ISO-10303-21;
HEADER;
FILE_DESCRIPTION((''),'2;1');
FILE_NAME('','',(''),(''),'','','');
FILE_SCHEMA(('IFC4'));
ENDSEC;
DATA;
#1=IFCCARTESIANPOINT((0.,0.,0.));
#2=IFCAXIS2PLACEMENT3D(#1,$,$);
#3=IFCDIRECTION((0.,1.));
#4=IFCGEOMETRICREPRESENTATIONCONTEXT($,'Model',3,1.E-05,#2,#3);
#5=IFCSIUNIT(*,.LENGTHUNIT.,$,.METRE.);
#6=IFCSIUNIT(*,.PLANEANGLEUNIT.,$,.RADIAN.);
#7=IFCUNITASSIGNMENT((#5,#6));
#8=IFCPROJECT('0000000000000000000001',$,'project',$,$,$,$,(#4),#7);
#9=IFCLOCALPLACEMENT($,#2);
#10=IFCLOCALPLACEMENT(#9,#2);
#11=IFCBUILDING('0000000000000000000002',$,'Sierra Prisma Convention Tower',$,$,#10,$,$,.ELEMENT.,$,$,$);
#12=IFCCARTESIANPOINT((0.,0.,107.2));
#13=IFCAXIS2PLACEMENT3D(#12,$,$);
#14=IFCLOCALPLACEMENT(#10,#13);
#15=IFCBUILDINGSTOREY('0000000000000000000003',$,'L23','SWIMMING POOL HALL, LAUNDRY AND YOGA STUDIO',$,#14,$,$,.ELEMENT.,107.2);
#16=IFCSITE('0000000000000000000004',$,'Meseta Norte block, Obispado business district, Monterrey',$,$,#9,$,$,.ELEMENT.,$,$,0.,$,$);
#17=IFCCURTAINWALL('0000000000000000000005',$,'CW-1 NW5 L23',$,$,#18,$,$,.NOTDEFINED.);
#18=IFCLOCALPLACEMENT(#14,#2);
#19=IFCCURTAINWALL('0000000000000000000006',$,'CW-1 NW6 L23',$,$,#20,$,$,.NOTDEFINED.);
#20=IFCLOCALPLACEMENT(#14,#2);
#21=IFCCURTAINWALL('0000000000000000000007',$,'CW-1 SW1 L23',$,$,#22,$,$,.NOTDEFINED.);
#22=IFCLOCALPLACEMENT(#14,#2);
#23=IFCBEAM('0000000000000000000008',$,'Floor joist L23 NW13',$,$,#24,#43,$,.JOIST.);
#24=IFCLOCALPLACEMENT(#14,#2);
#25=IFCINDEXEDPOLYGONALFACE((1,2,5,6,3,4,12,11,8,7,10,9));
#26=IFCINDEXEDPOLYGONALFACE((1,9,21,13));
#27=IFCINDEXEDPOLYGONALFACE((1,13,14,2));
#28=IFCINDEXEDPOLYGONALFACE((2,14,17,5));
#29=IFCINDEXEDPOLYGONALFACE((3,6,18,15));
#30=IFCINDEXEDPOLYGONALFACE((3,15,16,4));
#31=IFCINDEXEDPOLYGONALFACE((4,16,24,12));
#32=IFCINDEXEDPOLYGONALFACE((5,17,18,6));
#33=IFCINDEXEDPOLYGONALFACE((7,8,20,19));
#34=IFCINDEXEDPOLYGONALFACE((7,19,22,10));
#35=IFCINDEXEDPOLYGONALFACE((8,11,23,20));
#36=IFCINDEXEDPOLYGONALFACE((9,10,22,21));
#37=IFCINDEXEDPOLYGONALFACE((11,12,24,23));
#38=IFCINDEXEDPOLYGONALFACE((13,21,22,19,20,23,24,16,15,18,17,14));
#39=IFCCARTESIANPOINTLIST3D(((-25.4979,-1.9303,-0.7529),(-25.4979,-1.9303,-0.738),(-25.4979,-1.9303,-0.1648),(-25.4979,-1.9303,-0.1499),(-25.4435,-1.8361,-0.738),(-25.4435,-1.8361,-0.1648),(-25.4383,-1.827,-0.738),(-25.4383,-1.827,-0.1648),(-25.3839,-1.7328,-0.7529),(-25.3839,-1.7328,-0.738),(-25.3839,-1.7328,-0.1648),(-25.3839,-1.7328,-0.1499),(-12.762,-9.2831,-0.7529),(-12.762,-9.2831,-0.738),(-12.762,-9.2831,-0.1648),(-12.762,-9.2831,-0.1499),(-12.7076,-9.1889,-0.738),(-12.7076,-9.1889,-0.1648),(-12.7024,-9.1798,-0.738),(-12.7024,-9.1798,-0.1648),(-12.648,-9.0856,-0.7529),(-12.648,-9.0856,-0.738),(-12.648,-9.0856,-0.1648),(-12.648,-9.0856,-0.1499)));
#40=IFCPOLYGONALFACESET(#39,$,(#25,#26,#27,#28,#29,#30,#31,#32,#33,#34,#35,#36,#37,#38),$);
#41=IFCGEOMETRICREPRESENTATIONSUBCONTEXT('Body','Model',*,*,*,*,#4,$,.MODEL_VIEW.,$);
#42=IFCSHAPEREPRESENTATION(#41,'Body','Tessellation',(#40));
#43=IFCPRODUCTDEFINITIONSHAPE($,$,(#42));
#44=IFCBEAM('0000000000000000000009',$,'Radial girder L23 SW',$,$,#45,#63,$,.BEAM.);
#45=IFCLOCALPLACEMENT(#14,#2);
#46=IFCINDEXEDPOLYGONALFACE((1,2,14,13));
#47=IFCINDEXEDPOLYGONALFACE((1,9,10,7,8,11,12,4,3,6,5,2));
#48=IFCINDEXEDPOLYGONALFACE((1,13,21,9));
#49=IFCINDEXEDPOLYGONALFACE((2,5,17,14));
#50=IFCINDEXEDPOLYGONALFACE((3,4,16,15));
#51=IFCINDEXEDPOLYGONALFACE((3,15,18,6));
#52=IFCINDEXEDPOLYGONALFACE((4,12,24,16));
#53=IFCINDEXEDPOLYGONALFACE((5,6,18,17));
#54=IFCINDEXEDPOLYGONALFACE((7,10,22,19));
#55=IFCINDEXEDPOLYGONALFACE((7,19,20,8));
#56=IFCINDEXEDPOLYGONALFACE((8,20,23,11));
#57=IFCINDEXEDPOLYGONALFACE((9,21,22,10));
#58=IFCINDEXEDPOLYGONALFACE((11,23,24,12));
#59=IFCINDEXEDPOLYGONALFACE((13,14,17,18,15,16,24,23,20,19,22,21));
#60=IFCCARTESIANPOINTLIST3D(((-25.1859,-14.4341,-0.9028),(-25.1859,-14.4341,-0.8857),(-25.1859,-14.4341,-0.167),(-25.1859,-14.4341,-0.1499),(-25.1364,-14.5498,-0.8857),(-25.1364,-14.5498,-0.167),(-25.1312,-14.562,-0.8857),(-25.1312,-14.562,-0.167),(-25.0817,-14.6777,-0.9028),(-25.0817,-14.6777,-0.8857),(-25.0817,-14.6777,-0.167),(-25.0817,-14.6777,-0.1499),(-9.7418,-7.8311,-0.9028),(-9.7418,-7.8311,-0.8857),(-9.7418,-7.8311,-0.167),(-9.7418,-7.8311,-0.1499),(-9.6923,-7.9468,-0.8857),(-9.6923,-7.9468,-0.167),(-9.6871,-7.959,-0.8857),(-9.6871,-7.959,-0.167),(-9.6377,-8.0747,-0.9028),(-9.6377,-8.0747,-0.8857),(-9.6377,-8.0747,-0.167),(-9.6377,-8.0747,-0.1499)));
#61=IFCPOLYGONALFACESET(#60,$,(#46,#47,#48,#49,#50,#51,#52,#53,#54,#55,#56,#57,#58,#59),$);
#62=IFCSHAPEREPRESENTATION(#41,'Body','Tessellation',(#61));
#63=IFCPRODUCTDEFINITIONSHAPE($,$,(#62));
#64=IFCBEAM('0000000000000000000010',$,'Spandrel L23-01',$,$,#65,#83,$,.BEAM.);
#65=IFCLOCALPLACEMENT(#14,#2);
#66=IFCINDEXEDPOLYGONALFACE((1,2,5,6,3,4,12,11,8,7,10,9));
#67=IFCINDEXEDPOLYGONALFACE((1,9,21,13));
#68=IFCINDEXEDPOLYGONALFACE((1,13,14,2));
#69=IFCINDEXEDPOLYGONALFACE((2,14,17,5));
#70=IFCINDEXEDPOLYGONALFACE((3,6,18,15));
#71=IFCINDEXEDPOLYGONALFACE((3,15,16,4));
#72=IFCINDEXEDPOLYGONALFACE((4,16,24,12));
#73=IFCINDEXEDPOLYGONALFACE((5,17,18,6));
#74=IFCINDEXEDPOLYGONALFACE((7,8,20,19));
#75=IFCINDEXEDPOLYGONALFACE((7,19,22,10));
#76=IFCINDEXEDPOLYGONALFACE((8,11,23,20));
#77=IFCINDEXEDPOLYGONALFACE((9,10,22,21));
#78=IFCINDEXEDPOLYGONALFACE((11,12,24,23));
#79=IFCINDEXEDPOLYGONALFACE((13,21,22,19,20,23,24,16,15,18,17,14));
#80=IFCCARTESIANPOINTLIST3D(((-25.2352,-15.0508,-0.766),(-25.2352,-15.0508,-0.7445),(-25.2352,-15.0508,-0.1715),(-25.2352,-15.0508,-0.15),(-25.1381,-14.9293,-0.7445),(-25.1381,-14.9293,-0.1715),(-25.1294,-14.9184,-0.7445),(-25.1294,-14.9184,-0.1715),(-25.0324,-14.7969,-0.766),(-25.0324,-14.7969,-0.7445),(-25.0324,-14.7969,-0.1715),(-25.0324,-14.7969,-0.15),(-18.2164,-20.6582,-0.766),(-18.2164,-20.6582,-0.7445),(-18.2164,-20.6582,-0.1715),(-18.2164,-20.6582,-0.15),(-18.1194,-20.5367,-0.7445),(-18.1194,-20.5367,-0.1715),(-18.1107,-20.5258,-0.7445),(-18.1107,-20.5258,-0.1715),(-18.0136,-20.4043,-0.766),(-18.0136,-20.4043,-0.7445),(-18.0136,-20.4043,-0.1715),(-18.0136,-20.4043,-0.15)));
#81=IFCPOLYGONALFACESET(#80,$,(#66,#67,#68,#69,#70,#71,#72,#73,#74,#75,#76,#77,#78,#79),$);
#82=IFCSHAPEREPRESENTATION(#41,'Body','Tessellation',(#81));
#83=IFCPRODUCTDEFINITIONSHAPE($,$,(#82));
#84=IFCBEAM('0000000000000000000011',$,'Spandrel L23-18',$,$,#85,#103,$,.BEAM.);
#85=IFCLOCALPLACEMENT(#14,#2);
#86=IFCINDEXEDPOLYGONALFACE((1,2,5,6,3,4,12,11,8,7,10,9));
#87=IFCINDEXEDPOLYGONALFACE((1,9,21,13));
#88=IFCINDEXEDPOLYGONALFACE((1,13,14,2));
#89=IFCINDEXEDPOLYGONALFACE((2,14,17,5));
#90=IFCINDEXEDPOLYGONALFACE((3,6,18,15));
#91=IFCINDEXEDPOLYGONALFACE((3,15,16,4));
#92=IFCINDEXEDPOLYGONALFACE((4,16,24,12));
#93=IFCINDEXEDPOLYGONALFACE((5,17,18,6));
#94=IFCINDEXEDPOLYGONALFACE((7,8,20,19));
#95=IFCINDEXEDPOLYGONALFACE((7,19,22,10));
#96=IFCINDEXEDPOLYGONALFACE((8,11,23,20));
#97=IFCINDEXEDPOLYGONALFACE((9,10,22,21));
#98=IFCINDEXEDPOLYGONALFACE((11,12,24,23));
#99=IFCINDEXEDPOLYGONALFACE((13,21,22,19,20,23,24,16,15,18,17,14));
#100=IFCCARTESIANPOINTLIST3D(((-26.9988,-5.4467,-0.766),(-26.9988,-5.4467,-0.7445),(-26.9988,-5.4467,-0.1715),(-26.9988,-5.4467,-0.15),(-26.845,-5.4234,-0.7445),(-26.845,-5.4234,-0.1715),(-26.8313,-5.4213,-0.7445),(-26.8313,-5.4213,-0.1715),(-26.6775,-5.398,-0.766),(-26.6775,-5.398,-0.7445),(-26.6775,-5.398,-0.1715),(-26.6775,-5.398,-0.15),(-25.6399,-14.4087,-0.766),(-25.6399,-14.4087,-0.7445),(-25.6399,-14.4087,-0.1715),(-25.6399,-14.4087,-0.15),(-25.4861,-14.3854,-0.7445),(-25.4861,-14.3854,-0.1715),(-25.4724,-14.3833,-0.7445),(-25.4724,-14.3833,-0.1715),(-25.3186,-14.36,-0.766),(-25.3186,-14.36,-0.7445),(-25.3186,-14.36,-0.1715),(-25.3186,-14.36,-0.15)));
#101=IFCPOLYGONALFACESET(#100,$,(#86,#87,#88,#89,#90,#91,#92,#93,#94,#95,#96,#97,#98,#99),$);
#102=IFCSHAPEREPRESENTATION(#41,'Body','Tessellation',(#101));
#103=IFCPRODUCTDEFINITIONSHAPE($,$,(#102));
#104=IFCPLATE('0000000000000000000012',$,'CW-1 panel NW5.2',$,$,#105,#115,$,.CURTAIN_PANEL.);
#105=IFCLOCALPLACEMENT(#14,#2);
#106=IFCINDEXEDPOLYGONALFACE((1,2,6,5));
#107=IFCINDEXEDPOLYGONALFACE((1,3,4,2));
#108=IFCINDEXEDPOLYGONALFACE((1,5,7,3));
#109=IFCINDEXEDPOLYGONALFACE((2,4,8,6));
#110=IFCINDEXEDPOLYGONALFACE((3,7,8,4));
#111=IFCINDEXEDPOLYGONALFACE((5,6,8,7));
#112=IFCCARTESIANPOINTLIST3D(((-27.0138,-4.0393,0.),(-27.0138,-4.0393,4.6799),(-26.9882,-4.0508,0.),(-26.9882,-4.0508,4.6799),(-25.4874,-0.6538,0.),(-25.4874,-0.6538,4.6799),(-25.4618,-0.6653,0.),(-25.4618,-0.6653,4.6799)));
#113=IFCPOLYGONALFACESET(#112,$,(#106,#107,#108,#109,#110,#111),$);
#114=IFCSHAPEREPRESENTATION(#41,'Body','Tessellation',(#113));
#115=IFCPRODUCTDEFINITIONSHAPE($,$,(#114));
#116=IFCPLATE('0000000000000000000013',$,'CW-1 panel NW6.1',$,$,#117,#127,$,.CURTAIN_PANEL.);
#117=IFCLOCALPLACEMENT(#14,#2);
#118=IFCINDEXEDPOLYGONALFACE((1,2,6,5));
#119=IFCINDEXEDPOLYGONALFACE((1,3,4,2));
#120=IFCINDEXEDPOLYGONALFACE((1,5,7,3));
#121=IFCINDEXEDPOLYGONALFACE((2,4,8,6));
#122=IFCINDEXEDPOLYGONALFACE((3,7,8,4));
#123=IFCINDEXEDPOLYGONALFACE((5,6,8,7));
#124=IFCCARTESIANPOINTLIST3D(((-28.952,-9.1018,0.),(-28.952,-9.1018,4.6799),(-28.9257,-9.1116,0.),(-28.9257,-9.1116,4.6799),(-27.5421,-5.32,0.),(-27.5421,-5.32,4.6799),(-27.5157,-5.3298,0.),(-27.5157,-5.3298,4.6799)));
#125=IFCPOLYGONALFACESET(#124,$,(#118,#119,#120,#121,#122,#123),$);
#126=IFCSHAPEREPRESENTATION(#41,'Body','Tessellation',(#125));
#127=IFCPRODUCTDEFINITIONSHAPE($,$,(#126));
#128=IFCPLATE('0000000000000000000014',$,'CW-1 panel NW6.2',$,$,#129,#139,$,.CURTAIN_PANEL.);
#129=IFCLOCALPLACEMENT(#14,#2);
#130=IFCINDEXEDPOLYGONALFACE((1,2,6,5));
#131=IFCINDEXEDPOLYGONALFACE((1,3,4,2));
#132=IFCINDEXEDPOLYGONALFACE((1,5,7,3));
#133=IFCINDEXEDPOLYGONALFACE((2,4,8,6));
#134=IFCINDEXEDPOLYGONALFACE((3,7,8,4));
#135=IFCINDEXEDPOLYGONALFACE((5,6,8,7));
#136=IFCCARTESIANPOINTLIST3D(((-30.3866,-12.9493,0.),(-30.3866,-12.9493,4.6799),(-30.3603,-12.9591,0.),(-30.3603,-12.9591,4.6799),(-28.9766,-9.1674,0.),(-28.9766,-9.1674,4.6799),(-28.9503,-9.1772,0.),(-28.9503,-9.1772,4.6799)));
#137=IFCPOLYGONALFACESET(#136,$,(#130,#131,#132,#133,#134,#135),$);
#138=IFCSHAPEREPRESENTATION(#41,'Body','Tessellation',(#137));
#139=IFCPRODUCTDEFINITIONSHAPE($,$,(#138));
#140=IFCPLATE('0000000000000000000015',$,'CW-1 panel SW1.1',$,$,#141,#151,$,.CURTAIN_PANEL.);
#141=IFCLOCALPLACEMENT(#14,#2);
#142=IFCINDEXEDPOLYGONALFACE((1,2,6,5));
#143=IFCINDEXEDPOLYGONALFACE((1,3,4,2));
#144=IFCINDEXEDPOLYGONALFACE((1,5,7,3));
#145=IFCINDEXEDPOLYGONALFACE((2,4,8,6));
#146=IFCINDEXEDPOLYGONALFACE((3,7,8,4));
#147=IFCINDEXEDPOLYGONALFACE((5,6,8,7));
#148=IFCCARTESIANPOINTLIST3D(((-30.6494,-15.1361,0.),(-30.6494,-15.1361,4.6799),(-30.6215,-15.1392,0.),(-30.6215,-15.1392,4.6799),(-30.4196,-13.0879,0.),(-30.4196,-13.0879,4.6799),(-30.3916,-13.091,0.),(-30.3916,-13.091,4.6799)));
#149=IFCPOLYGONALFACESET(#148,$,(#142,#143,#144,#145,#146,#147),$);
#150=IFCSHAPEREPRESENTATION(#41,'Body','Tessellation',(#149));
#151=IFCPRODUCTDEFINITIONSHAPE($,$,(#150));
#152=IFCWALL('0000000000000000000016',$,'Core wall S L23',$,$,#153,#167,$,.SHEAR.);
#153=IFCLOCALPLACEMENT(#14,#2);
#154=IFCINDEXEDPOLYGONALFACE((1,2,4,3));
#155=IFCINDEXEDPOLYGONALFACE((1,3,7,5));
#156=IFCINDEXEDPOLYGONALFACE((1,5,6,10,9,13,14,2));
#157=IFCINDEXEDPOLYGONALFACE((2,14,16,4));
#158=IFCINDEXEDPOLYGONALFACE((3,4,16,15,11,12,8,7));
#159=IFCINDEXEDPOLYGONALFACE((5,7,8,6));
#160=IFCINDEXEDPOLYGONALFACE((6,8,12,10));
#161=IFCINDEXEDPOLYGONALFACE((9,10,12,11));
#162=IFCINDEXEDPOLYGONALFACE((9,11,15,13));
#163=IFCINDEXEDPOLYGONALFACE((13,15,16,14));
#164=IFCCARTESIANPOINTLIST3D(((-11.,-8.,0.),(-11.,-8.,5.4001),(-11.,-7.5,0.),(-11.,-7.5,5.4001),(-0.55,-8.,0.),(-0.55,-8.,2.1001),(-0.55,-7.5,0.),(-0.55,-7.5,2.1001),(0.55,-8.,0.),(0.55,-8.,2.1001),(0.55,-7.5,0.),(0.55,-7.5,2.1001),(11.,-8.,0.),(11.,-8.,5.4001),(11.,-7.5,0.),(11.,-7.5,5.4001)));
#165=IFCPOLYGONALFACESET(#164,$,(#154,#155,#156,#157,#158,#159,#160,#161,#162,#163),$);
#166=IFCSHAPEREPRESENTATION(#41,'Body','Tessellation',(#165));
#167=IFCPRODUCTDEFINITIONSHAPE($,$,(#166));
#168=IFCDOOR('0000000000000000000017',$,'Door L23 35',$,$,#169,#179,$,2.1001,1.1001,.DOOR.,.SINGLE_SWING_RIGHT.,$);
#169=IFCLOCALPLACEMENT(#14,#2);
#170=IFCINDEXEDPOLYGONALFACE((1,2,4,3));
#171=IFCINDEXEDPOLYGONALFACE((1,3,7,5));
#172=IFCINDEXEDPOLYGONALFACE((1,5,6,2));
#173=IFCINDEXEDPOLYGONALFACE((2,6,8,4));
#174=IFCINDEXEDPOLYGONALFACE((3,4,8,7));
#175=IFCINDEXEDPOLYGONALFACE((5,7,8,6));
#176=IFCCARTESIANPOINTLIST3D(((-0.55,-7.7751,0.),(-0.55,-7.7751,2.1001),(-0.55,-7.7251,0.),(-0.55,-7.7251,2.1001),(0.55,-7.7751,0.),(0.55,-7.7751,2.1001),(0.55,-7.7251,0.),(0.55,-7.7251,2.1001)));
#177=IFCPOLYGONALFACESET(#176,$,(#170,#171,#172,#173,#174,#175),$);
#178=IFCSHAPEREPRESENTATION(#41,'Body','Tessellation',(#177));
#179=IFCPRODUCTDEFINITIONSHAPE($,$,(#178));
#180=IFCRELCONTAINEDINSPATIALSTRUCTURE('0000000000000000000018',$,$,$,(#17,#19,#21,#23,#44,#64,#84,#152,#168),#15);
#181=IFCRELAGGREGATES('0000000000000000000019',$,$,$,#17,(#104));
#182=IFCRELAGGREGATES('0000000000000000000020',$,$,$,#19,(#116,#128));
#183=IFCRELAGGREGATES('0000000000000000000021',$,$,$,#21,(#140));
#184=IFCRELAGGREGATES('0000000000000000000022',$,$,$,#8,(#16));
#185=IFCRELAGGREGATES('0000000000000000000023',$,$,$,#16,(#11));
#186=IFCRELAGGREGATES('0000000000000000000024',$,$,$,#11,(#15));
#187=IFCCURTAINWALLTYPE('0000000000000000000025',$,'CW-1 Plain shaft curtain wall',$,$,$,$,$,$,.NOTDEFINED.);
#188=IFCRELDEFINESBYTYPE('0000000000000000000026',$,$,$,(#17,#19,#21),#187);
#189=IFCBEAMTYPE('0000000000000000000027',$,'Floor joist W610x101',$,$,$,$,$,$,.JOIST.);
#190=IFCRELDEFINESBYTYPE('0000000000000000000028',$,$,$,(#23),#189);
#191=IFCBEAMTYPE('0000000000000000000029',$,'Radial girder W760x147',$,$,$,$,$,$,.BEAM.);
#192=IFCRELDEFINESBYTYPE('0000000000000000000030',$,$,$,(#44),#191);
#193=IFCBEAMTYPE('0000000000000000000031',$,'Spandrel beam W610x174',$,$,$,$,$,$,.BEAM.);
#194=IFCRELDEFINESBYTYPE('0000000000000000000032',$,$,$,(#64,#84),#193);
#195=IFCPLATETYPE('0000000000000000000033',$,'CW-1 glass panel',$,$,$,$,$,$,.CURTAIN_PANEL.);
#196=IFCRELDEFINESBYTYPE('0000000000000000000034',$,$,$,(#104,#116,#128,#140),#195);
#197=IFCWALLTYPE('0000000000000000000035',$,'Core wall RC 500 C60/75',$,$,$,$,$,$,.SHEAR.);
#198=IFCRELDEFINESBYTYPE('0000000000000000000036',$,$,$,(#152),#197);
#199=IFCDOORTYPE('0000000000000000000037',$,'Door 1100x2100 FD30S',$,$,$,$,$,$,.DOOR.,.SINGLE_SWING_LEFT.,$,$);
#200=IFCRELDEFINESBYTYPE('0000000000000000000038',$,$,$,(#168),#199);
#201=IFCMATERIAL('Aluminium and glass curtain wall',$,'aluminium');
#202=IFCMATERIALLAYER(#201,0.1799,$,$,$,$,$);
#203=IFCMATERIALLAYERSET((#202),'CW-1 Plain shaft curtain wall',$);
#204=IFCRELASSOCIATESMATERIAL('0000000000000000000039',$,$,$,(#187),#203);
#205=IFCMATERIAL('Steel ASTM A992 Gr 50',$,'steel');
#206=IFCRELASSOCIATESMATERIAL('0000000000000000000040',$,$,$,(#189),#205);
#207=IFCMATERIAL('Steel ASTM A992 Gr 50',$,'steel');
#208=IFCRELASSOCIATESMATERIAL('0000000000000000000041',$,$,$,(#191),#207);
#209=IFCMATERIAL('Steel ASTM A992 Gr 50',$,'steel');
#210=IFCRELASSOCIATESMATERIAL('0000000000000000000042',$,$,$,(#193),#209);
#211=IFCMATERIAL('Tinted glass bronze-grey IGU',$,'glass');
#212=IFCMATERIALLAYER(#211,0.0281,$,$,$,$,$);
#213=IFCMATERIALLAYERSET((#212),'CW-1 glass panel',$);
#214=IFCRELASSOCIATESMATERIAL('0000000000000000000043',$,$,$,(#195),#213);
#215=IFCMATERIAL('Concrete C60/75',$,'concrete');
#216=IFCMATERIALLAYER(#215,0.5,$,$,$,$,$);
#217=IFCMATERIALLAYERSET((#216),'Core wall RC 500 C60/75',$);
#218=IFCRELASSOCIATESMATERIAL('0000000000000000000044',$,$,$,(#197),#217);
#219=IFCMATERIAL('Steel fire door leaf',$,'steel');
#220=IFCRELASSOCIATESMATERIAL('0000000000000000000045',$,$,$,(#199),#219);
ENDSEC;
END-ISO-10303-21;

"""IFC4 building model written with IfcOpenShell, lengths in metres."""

from ifc_helpers import new_model, si_unit, direction, frame, frame_2d, origin, origin_2d, place, context, subcontext, project, spatial, rectangle, i_section, extrude, material, layer, layer_set, material_profile, profile_set, type_object, element, fill, aggregate, save


model = new_model("IFC4")

# Units and contexts
model_context = context("Model", 3, precision=1e-05, world=origin(), true_north=direction((0.0, 1.0)))
body_context = subcontext(model_context, "Body", "Model", "MODEL_VIEW")
ifc_project = project(units=[si_unit("LENGTHUNIT", "METRE"), si_unit("PLANEANGLEUNIT", "RADIAN")], contexts=[model_context])

# Site, building, storey
site_placement = place(None, origin())
site = spatial("IfcSite", under=ifc_project, at=site_placement, Name="Meseta Norte block, Obispado business district, Monterrey", CompositionType="ELEMENT", RefElevation=0.0)
building_placement = place(site_placement, origin())
building = spatial("IfcBuilding", under=site, at=building_placement, Name="Sierra Prisma Convention Tower", CompositionType="ELEMENT")
storey_placement = place(building_placement, frame((0.0, 0.0, 107.2)))
storey = spatial("IfcBuildingStorey", under=building, at=storey_placement, Name="L23", Description="SWIMMING POOL HALL, LAUNDRY AND YOGA STUDIO", CompositionType="ELEMENT", Elevation=107.2)

# Curtain wall
ifc_material_1 = material(Name="Aluminium and glass curtain wall", Category="aluminium")
ifc_layer_1 = layer(ifc_material_1, 0.1799)
ifc_layer_set_1 = layer_set([ifc_layer_1], Name="CW-1 Plain shaft curtain wall")
curtain_wall_type = type_object("IfcCurtainWallType", Name="CW-1 Plain shaft curtain wall", PredefinedType="NOTDEFINED", material=ifc_layer_set_1)
curtain_wall_1_placement = place(storey_placement, origin())
curtain_wall_1 = element("IfcCurtainWall", 1, at=curtain_wall_1_placement, inside=storey, type_object=curtain_wall_type, Name="CW-1 NW5 L23", PredefinedType="NOTDEFINED")

# Curtain walls
curtain_wall_2_placement = place(storey_placement, origin())
curtain_wall_2 = element("IfcCurtainWall", 2, at=curtain_wall_2_placement, inside=storey, type_object=curtain_wall_type, Name="CW-1 NW6 L23", PredefinedType="NOTDEFINED")
curtain_wall_3_placement = place(storey_placement, origin())
curtain_wall_3 = element("IfcCurtainWall", 3, at=curtain_wall_3_placement, inside=storey, type_object=curtain_wall_type, Name="CW-1 SW1 L23", PredefinedType="NOTDEFINED")

# Beams
ifc_material_2 = material(Name="Steel ASTM A992 Gr 50", Category="steel")
ifc_material_profile_1 = material_profile(ifc_material_2, i_section(OverallWidth=0.228, OverallDepth=0.603, WebThickness=0.0105, FlangeThickness=0.0149, at=origin_2d()), Name="W610x101")
ifc_profile_set_1 = profile_set([ifc_material_profile_1], Name="Steel ASTM A992 Gr 50")
beam_type_1 = type_object("IfcBeamType", Name="Floor joist W610x101", PredefinedType="JOIST", material=ifc_profile_set_1)
beam_1_placement = place(storey_placement, frame((-25.4409, -1.8315, -0.4514), z_axis=(0.866033, -0.499987, 0.0), x_axis=(0.499987, 0.866033, 0.0)))
element("IfcBeam", 4, at=beam_1_placement, inside=storey, type_object=beam_type_1, Name="Floor joist L23 NW13", PredefinedType="JOIST", context=body_context, shape_type="SweptSolid", body=[
    extrude(i_section(OverallWidth=0.228, OverallDepth=0.603, WebThickness=0.0105, FlangeThickness=0.0149, at=origin_2d()), origin(), (0.0, 0.0, 1.0), 14.7061),
])
ifc_material_3 = material(Name="Steel ASTM A992 Gr 50", Category="steel")
ifc_material_profile_2 = material_profile(ifc_material_3, i_section(OverallWidth=0.2649, OverallDepth=0.7529, WebThickness=0.0132, FlangeThickness=0.0171, at=origin_2d()), Name="W760x147")
ifc_profile_set_2 = profile_set([ifc_material_profile_2], Name="Steel ASTM A992 Gr 50")
beam_type_2 = type_object("IfcBeamType", Name="Radial girder W760x147", PredefinedType="BEAM", material=ifc_profile_set_2)
beam_2_placement = place(storey_placement, frame((-25.1338, -14.5559, -0.5264), z_axis=(0.919487, 0.393121, 0.0), x_axis=(-0.393121, 0.919487, 0.0)))
element("IfcBeam", 5, at=beam_2_placement, inside=storey, type_object=beam_type_2, Name="Radial girder L23 SW", PredefinedType="BEAM", context=body_context, shape_type="SweptSolid", body=[
    extrude(i_section(OverallWidth=0.2649, OverallDepth=0.7529, WebThickness=0.0132, FlangeThickness=0.0171, at=origin_2d()), origin(), (0.0, 0.0, 1.0), 16.7964),
])
ifc_material_4 = material(Name="Steel ASTM A992 Gr 50", Category="steel")
ifc_material_profile_3 = material_profile(ifc_material_4, i_section(OverallWidth=0.325, OverallDepth=0.616, WebThickness=0.0139, FlangeThickness=0.0215, at=origin_2d()), Name="W610x174")
ifc_profile_set_3 = profile_set([ifc_material_profile_3], Name="Steel ASTM A992 Gr 50")
beam_type_3 = type_object("IfcBeamType", Name="Spandrel beam W610x174", PredefinedType="BEAM", material=ifc_profile_set_3)
beam_3_placement = place(storey_placement, frame((-25.1338, -14.9238, -0.458), z_axis=(0.781282, -0.624178, 0.0), x_axis=(0.624178, 0.781282, 0.0)))
element("IfcBeam", 6, at=beam_3_placement, inside=storey, type_object=beam_type_3, Name="Spandrel L23-01", PredefinedType="BEAM", context=body_context, shape_type="SweptSolid", body=[
    extrude(i_section(OverallWidth=0.325, OverallDepth=0.616, WebThickness=0.0139, FlangeThickness=0.0215, at=origin_2d()), origin(), (0.0, 0.0, 1.0), 8.9836),
])
beam_4_placement = place(storey_placement, frame((-26.8381, -5.4224, -0.458), z_axis=(0.149915, -0.988699, 0.0), x_axis=(0.988699, 0.149915, 0.0)))
element("IfcBeam", 7, at=beam_4_placement, inside=storey, type_object=beam_type_3, Name="Spandrel L23-18", PredefinedType="BEAM", context=body_context, shape_type="SweptSolid", body=[
    extrude(i_section(OverallWidth=0.325, OverallDepth=0.616, WebThickness=0.0139, FlangeThickness=0.0215, at=origin_2d()), origin(), (0.0, 0.0, 1.0), 9.0645),
])

# Plates
ifc_material_5 = material(Name="Tinted glass bronze-grey IGU", Category="glass")
ifc_layer_2 = layer(ifc_material_5, 0.0281)
ifc_layer_set_2 = layer_set([ifc_layer_2], Name="CW-1 glass panel")
plate_type = type_object("IfcPlateType", Name="CW-1 glass panel", PredefinedType="CURTAIN_PANEL", material=ifc_layer_set_2)
plate_1_placement = place(storey_placement, frame((-26.2378, -2.3523, 0.0), z_axis=(0.0, 0.0, 1.0), x_axis=(-0.411006, -0.911632, 0.0)))
plate_1 = element("IfcPlate", 8, at=plate_1_placement, type_object=plate_type, Name="CW-1 panel NW5.2", PredefinedType="CURTAIN_PANEL", context=body_context, shape_type="SweptSolid", body=[
    extrude(rectangle(XDim=3.7136, YDim=0.0281, at=origin_2d()), origin(), (0.0, 0.0, 1.0), 4.6799),
])
aggregate(curtain_wall_1, [plate_1])
plate_2_placement = place(storey_placement, frame((-28.2339, -7.2158, 0.0), z_axis=(0.0, 0.0, 1.0), x_axis=(-0.349337, -0.936997, 0.0)))
plate_2 = element("IfcPlate", 9, at=plate_2_placement, type_object=plate_type, Name="CW-1 panel NW6.1", PredefinedType="CURTAIN_PANEL", context=body_context, shape_type="SweptSolid", body=[
    extrude(rectangle(XDim=4.0361, YDim=0.0281, at=origin_2d()), origin(), (0.0, 0.0, 1.0), 4.6799),
])
plate_3_placement = place(storey_placement, frame((-29.6685, -11.0632, 0.0), z_axis=(0.0, 0.0, 1.0), x_axis=(-0.349337, -0.936997, 0.0)))
plate_3 = element("IfcPlate", 10, at=plate_3_placement, type_object=plate_type, Name="CW-1 panel NW6.2", PredefinedType="CURTAIN_PANEL", context=body_context, shape_type="SweptSolid", body=[
    extrude(rectangle(XDim=4.0361, YDim=0.0281, at=origin_2d()), origin(), (0.0, 0.0, 1.0), 4.6799),
])
aggregate(curtain_wall_2, [plate_2, plate_3])
plate_4_placement = place(storey_placement, frame((-30.5205, -14.1135, 0.0), z_axis=(0.0, 0.0, 1.0), x_axis=(-0.111505, -0.993764, 0.0)))
plate_4 = element("IfcPlate", 11, at=plate_4_placement, type_object=plate_type, Name="CW-1 panel SW1.1", PredefinedType="CURTAIN_PANEL", context=body_context, shape_type="SweptSolid", body=[
    extrude(rectangle(XDim=2.061, YDim=0.0281, at=origin_2d()), origin(), (0.0, 0.0, 1.0), 4.6799),
])
aggregate(curtain_wall_3, [plate_4])

# Wall, opening, door
ifc_material_6 = material(Name="Concrete C60/75", Category="concrete")
ifc_layer_3 = layer(ifc_material_6, 0.5)
ifc_layer_set_3 = layer_set([ifc_layer_3], Name="Core wall RC 500 C60/75")
wall_type_1 = type_object("IfcWallType", Name="Core wall RC 500 C60/75", PredefinedType="SHEAR", material=ifc_layer_set_3)
wall_1_placement = place(storey_placement, frame((-11.0, -7.75, 0.0), z_axis=(0.0, 0.0, 1.0), x_axis=(1.0, 0.0, 0.0)))
wall_1 = element("IfcWall", 12, at=wall_1_placement, inside=storey, type_object=wall_type_1, Name="Core wall S L23", PredefinedType="SHEAR", context=body_context, shape_type="SweptSolid", body=[
    extrude(rectangle(XDim=22.0, YDim=0.5, at=frame_2d((11.0, 0.0))), origin(), (0.0, 0.0, 1.0), 5.4001),
])
opening_1_placement = place(wall_1_placement, frame((10.45, 0.0, 0.0)))
opening_1 = element("IfcOpeningElement", 13, at=opening_1_placement, cuts=wall_1, PredefinedType="OPENING", context=body_context, shape_type="SweptSolid", body=[
    extrude(rectangle(XDim=1.1001, YDim=2.1001, at=frame_2d((0.55, 1.05))), frame((0.0, 0.25, 0.0), z_axis=(0.0, -1.0, 0.0), x_axis=(1.0, 0.0, 0.0)), (0.0, 0.0, 1.0), 0.5),
])
ifc_material_7 = material(Name="Steel fire door leaf", Category="steel")
door_type_1 = type_object("IfcDoorType", Name="Door 1100x2100 FD30S", OperationType="SINGLE_SWING_LEFT", PredefinedType="DOOR", material=ifc_material_7)
door_1_placement = place(opening_1_placement, origin())
door_1 = element("IfcDoor", 14, at=door_1_placement, inside=storey, type_object=door_type_1, Name="Door L23 35", OperationType="SINGLE_SWING_RIGHT", OverallHeight=2.1001, OverallWidth=1.1001, PredefinedType="DOOR", context=body_context, shape_type="SweptSolid", body=[
    extrude(rectangle(XDim=1.1001, YDim=2.1001, at=frame_2d((0.55, 1.05))), frame((0.0, 0.0249, 0.0), z_axis=(0.0, -1.0, 0.0), x_axis=(1.0, 0.0, 0.0)), (0.0, 0.0, 1.0), 0.05),
])
fill(opening_1, door_1)

save(model, "model.ifc")
